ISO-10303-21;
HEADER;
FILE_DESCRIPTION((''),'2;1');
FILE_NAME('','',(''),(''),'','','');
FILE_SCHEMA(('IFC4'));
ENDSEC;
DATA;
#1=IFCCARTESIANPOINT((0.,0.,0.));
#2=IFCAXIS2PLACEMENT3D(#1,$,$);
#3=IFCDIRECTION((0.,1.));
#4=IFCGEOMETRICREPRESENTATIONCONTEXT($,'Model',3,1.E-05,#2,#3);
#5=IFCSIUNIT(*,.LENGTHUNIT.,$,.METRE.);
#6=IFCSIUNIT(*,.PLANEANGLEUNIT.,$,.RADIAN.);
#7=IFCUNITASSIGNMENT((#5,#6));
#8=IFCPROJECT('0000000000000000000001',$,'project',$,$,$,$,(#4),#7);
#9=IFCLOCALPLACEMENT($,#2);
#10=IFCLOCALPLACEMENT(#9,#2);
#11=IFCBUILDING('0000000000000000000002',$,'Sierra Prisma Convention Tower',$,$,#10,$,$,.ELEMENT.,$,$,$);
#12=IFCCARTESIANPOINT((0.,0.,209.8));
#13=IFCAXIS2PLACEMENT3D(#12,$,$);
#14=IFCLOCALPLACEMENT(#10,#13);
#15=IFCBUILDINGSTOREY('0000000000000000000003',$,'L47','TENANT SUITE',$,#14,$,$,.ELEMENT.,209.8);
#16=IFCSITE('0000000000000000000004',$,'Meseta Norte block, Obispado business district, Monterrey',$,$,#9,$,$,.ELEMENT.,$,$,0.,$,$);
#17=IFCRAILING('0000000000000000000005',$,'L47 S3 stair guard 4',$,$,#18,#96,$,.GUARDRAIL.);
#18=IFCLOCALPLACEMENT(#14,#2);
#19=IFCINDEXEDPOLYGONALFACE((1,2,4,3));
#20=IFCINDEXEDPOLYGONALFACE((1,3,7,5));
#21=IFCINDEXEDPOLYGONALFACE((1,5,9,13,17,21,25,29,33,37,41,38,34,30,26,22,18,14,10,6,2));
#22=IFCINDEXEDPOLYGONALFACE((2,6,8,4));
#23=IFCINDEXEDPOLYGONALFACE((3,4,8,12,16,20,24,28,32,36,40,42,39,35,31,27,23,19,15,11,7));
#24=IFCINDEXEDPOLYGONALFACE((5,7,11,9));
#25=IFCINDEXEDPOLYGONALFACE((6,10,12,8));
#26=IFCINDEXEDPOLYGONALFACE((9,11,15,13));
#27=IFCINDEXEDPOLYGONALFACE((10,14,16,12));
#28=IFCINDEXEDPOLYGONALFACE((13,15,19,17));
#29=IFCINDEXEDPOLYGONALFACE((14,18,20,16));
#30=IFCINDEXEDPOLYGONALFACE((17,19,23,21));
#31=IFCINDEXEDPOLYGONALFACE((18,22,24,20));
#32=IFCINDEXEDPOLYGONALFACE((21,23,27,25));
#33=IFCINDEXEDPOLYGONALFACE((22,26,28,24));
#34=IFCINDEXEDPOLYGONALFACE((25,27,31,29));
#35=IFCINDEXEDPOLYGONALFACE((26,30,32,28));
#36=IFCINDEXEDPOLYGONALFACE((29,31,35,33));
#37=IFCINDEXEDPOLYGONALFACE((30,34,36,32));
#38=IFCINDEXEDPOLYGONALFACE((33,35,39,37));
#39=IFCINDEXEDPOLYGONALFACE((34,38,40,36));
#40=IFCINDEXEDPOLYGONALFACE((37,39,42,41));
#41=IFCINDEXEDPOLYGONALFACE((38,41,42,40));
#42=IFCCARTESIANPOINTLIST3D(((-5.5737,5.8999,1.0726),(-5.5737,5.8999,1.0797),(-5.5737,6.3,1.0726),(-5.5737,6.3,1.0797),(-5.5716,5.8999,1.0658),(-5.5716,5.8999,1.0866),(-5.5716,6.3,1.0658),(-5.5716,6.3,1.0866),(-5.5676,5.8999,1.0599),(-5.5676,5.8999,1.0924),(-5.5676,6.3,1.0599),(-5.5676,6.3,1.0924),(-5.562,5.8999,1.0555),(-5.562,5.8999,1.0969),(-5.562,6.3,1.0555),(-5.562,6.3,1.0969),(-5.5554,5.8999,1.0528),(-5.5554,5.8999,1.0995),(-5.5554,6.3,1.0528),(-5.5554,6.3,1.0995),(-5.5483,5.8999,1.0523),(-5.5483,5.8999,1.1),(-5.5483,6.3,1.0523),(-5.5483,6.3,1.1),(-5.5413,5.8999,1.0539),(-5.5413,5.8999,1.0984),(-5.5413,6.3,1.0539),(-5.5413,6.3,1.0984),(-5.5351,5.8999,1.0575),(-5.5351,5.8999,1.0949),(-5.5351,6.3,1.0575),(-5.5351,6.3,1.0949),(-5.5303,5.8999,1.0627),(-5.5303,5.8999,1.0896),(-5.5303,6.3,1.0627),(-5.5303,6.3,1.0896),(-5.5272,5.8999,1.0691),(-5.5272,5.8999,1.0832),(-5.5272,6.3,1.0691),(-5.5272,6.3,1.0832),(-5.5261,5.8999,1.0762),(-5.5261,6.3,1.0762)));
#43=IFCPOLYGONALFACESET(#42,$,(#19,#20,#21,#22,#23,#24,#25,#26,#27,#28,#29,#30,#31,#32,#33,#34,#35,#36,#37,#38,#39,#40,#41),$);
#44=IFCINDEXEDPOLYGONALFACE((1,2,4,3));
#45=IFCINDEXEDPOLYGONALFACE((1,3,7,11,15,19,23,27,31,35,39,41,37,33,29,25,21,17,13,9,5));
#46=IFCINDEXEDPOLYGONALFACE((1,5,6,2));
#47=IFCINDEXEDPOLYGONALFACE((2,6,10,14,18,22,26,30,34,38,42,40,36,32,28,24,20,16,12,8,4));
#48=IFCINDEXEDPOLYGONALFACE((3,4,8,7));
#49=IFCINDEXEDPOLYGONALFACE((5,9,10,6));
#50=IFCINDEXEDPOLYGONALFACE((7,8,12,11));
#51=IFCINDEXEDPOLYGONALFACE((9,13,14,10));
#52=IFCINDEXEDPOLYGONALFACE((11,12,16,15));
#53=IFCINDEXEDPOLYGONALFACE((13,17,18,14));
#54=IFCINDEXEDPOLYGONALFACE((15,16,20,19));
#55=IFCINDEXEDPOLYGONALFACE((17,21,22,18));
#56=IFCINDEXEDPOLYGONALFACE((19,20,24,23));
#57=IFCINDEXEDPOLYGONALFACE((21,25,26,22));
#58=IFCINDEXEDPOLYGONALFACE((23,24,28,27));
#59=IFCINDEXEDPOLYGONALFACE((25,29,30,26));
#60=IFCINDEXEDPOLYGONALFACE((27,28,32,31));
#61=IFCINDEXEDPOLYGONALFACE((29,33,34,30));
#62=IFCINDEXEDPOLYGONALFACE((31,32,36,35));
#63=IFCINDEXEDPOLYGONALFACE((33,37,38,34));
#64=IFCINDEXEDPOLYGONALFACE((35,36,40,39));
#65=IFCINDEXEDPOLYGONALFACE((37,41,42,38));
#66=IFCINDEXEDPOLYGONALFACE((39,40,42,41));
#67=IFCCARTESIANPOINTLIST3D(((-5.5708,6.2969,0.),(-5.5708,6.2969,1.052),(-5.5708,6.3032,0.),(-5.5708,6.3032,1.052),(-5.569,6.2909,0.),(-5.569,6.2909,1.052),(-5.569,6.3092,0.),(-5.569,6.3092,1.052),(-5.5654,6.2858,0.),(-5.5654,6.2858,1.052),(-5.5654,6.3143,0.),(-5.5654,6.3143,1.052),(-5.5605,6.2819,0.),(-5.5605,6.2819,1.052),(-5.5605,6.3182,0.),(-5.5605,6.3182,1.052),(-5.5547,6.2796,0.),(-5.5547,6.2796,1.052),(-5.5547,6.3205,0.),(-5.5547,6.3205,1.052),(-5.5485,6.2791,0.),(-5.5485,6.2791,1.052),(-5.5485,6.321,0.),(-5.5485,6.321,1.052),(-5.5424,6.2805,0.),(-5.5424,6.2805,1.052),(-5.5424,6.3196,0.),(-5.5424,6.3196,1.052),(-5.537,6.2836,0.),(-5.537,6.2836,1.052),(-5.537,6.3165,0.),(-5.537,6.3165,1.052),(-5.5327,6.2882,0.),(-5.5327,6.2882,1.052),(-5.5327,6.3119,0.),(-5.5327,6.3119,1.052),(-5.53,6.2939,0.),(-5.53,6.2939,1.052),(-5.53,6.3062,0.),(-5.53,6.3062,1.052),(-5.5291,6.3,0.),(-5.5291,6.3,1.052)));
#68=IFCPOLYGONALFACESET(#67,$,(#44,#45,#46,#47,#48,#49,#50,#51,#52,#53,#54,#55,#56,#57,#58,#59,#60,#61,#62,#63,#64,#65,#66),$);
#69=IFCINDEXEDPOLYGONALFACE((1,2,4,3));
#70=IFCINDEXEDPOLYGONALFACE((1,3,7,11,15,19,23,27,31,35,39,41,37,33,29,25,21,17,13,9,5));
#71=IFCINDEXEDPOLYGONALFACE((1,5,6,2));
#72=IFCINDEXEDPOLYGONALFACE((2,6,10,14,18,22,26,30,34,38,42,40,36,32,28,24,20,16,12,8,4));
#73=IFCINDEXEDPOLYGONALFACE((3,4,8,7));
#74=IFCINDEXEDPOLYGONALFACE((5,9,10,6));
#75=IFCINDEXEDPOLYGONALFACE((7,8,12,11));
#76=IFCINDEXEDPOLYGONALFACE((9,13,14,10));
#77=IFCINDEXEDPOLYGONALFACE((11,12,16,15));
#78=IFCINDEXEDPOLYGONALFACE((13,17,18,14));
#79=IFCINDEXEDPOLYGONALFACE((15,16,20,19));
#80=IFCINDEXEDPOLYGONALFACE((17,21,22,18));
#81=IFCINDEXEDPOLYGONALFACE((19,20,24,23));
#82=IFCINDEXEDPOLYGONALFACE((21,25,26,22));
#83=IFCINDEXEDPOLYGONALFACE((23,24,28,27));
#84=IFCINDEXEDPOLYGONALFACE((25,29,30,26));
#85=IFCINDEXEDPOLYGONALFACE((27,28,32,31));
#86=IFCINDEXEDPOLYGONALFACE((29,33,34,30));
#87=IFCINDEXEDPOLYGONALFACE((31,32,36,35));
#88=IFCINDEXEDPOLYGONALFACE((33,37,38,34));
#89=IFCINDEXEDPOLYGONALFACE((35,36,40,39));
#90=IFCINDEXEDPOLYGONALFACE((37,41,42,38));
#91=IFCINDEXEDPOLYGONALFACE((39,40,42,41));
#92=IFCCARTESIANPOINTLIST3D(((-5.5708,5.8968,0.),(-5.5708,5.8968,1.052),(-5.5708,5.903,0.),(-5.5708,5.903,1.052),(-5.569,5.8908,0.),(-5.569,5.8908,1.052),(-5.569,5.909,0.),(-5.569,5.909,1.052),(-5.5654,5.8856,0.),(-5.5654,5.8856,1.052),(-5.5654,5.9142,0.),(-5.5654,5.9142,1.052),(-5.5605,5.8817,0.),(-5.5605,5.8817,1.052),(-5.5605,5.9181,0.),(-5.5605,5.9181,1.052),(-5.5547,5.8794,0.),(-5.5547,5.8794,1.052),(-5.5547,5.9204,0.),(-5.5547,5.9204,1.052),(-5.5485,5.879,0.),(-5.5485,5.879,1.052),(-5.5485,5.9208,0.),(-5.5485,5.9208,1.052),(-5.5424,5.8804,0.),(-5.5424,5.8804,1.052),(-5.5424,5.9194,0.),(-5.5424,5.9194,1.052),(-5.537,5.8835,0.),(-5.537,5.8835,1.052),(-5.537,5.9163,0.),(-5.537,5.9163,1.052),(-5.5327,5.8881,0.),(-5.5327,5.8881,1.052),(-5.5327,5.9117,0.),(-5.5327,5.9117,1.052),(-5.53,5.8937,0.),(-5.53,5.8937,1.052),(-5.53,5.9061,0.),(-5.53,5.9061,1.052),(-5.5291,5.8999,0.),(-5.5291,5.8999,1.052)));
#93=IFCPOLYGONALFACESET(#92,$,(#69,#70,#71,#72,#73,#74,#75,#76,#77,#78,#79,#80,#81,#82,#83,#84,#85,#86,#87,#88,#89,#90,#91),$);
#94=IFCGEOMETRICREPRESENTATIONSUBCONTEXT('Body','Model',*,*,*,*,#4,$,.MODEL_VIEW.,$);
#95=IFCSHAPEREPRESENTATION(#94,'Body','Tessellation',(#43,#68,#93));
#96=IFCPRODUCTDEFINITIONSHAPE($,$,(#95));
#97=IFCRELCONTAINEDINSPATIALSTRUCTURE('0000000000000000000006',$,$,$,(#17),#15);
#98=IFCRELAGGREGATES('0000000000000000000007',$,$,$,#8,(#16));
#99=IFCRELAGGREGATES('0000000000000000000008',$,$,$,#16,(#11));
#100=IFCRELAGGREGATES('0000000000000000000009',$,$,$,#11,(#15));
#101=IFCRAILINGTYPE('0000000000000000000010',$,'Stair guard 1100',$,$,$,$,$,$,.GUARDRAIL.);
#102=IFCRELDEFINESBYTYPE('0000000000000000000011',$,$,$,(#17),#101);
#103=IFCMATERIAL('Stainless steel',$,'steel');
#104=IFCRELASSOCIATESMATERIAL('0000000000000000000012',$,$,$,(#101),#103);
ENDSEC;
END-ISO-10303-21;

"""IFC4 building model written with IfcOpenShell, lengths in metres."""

from ifc_helpers import new_model, si_unit, direction, frame, origin, origin_2d, place, context, subcontext, project, spatial, circle, extrude, material, type_object, element, save


model = new_model("IFC4")

# Units and contexts
model_context = context("Model", 3, precision=1e-05, world=origin(), true_north=direction((0.0, 1.0)))
body_context = subcontext(model_context, "Body", "Model", "MODEL_VIEW")
ifc_project = project(units=[si_unit("LENGTHUNIT", "METRE"), si_unit("PLANEANGLEUNIT", "RADIAN")], contexts=[model_context])

# Site, building, storey
site_placement = place(None, origin())
site = spatial("IfcSite", under=ifc_project, at=site_placement, Name="Meseta Norte block, Obispado business district, Monterrey", CompositionType="ELEMENT", RefElevation=0.0)
building_placement = place(site_placement, origin())
building = spatial("IfcBuilding", under=site, at=building_placement, Name="Sierra Prisma Convention Tower", CompositionType="ELEMENT")
storey_placement = place(building_placement, frame((0.0, 0.0, 209.8)))
storey = spatial("IfcBuildingStorey", under=building, at=storey_placement, Name="L47", Description="TENANT SUITE", CompositionType="ELEMENT", Elevation=209.8)

# Railing
ifc_material_1 = material(Name="Stainless steel", Category="steel")
railing_type_1 = type_object("IfcRailingType", Name="Stair guard 1100", PredefinedType="GUARDRAIL", material=ifc_material_1)
railing_1_placement = place(storey_placement, frame((-5.55, 6.3, 0.0)))
element("IfcRailing", 1, at=railing_1_placement, inside=storey, type_object=railing_type_1, Name="L47 S3 stair guard 4", PredefinedType="GUARDRAIL", context=body_context, shape_type="SweptSolid", body=[
    extrude(circle(Radius=0.0239, at=origin_2d()), frame((0.0, 0.0, 1.0762), z_axis=(0.0, -1.0, 0.0), x_axis=(1.0, 0.0, 0.0)), (0.0, 0.0, 1.0), 0.4001),
    extrude(circle(Radius=0.021, at=origin_2d()), origin(), (0.0, 0.0, 1.0), 1.052),
    extrude(circle(Radius=0.021, at=origin_2d()), frame((0.0, -0.4001, 0.0)), (0.0, 0.0, 1.0), 1.052),
])

save(model, "model.ifc")
